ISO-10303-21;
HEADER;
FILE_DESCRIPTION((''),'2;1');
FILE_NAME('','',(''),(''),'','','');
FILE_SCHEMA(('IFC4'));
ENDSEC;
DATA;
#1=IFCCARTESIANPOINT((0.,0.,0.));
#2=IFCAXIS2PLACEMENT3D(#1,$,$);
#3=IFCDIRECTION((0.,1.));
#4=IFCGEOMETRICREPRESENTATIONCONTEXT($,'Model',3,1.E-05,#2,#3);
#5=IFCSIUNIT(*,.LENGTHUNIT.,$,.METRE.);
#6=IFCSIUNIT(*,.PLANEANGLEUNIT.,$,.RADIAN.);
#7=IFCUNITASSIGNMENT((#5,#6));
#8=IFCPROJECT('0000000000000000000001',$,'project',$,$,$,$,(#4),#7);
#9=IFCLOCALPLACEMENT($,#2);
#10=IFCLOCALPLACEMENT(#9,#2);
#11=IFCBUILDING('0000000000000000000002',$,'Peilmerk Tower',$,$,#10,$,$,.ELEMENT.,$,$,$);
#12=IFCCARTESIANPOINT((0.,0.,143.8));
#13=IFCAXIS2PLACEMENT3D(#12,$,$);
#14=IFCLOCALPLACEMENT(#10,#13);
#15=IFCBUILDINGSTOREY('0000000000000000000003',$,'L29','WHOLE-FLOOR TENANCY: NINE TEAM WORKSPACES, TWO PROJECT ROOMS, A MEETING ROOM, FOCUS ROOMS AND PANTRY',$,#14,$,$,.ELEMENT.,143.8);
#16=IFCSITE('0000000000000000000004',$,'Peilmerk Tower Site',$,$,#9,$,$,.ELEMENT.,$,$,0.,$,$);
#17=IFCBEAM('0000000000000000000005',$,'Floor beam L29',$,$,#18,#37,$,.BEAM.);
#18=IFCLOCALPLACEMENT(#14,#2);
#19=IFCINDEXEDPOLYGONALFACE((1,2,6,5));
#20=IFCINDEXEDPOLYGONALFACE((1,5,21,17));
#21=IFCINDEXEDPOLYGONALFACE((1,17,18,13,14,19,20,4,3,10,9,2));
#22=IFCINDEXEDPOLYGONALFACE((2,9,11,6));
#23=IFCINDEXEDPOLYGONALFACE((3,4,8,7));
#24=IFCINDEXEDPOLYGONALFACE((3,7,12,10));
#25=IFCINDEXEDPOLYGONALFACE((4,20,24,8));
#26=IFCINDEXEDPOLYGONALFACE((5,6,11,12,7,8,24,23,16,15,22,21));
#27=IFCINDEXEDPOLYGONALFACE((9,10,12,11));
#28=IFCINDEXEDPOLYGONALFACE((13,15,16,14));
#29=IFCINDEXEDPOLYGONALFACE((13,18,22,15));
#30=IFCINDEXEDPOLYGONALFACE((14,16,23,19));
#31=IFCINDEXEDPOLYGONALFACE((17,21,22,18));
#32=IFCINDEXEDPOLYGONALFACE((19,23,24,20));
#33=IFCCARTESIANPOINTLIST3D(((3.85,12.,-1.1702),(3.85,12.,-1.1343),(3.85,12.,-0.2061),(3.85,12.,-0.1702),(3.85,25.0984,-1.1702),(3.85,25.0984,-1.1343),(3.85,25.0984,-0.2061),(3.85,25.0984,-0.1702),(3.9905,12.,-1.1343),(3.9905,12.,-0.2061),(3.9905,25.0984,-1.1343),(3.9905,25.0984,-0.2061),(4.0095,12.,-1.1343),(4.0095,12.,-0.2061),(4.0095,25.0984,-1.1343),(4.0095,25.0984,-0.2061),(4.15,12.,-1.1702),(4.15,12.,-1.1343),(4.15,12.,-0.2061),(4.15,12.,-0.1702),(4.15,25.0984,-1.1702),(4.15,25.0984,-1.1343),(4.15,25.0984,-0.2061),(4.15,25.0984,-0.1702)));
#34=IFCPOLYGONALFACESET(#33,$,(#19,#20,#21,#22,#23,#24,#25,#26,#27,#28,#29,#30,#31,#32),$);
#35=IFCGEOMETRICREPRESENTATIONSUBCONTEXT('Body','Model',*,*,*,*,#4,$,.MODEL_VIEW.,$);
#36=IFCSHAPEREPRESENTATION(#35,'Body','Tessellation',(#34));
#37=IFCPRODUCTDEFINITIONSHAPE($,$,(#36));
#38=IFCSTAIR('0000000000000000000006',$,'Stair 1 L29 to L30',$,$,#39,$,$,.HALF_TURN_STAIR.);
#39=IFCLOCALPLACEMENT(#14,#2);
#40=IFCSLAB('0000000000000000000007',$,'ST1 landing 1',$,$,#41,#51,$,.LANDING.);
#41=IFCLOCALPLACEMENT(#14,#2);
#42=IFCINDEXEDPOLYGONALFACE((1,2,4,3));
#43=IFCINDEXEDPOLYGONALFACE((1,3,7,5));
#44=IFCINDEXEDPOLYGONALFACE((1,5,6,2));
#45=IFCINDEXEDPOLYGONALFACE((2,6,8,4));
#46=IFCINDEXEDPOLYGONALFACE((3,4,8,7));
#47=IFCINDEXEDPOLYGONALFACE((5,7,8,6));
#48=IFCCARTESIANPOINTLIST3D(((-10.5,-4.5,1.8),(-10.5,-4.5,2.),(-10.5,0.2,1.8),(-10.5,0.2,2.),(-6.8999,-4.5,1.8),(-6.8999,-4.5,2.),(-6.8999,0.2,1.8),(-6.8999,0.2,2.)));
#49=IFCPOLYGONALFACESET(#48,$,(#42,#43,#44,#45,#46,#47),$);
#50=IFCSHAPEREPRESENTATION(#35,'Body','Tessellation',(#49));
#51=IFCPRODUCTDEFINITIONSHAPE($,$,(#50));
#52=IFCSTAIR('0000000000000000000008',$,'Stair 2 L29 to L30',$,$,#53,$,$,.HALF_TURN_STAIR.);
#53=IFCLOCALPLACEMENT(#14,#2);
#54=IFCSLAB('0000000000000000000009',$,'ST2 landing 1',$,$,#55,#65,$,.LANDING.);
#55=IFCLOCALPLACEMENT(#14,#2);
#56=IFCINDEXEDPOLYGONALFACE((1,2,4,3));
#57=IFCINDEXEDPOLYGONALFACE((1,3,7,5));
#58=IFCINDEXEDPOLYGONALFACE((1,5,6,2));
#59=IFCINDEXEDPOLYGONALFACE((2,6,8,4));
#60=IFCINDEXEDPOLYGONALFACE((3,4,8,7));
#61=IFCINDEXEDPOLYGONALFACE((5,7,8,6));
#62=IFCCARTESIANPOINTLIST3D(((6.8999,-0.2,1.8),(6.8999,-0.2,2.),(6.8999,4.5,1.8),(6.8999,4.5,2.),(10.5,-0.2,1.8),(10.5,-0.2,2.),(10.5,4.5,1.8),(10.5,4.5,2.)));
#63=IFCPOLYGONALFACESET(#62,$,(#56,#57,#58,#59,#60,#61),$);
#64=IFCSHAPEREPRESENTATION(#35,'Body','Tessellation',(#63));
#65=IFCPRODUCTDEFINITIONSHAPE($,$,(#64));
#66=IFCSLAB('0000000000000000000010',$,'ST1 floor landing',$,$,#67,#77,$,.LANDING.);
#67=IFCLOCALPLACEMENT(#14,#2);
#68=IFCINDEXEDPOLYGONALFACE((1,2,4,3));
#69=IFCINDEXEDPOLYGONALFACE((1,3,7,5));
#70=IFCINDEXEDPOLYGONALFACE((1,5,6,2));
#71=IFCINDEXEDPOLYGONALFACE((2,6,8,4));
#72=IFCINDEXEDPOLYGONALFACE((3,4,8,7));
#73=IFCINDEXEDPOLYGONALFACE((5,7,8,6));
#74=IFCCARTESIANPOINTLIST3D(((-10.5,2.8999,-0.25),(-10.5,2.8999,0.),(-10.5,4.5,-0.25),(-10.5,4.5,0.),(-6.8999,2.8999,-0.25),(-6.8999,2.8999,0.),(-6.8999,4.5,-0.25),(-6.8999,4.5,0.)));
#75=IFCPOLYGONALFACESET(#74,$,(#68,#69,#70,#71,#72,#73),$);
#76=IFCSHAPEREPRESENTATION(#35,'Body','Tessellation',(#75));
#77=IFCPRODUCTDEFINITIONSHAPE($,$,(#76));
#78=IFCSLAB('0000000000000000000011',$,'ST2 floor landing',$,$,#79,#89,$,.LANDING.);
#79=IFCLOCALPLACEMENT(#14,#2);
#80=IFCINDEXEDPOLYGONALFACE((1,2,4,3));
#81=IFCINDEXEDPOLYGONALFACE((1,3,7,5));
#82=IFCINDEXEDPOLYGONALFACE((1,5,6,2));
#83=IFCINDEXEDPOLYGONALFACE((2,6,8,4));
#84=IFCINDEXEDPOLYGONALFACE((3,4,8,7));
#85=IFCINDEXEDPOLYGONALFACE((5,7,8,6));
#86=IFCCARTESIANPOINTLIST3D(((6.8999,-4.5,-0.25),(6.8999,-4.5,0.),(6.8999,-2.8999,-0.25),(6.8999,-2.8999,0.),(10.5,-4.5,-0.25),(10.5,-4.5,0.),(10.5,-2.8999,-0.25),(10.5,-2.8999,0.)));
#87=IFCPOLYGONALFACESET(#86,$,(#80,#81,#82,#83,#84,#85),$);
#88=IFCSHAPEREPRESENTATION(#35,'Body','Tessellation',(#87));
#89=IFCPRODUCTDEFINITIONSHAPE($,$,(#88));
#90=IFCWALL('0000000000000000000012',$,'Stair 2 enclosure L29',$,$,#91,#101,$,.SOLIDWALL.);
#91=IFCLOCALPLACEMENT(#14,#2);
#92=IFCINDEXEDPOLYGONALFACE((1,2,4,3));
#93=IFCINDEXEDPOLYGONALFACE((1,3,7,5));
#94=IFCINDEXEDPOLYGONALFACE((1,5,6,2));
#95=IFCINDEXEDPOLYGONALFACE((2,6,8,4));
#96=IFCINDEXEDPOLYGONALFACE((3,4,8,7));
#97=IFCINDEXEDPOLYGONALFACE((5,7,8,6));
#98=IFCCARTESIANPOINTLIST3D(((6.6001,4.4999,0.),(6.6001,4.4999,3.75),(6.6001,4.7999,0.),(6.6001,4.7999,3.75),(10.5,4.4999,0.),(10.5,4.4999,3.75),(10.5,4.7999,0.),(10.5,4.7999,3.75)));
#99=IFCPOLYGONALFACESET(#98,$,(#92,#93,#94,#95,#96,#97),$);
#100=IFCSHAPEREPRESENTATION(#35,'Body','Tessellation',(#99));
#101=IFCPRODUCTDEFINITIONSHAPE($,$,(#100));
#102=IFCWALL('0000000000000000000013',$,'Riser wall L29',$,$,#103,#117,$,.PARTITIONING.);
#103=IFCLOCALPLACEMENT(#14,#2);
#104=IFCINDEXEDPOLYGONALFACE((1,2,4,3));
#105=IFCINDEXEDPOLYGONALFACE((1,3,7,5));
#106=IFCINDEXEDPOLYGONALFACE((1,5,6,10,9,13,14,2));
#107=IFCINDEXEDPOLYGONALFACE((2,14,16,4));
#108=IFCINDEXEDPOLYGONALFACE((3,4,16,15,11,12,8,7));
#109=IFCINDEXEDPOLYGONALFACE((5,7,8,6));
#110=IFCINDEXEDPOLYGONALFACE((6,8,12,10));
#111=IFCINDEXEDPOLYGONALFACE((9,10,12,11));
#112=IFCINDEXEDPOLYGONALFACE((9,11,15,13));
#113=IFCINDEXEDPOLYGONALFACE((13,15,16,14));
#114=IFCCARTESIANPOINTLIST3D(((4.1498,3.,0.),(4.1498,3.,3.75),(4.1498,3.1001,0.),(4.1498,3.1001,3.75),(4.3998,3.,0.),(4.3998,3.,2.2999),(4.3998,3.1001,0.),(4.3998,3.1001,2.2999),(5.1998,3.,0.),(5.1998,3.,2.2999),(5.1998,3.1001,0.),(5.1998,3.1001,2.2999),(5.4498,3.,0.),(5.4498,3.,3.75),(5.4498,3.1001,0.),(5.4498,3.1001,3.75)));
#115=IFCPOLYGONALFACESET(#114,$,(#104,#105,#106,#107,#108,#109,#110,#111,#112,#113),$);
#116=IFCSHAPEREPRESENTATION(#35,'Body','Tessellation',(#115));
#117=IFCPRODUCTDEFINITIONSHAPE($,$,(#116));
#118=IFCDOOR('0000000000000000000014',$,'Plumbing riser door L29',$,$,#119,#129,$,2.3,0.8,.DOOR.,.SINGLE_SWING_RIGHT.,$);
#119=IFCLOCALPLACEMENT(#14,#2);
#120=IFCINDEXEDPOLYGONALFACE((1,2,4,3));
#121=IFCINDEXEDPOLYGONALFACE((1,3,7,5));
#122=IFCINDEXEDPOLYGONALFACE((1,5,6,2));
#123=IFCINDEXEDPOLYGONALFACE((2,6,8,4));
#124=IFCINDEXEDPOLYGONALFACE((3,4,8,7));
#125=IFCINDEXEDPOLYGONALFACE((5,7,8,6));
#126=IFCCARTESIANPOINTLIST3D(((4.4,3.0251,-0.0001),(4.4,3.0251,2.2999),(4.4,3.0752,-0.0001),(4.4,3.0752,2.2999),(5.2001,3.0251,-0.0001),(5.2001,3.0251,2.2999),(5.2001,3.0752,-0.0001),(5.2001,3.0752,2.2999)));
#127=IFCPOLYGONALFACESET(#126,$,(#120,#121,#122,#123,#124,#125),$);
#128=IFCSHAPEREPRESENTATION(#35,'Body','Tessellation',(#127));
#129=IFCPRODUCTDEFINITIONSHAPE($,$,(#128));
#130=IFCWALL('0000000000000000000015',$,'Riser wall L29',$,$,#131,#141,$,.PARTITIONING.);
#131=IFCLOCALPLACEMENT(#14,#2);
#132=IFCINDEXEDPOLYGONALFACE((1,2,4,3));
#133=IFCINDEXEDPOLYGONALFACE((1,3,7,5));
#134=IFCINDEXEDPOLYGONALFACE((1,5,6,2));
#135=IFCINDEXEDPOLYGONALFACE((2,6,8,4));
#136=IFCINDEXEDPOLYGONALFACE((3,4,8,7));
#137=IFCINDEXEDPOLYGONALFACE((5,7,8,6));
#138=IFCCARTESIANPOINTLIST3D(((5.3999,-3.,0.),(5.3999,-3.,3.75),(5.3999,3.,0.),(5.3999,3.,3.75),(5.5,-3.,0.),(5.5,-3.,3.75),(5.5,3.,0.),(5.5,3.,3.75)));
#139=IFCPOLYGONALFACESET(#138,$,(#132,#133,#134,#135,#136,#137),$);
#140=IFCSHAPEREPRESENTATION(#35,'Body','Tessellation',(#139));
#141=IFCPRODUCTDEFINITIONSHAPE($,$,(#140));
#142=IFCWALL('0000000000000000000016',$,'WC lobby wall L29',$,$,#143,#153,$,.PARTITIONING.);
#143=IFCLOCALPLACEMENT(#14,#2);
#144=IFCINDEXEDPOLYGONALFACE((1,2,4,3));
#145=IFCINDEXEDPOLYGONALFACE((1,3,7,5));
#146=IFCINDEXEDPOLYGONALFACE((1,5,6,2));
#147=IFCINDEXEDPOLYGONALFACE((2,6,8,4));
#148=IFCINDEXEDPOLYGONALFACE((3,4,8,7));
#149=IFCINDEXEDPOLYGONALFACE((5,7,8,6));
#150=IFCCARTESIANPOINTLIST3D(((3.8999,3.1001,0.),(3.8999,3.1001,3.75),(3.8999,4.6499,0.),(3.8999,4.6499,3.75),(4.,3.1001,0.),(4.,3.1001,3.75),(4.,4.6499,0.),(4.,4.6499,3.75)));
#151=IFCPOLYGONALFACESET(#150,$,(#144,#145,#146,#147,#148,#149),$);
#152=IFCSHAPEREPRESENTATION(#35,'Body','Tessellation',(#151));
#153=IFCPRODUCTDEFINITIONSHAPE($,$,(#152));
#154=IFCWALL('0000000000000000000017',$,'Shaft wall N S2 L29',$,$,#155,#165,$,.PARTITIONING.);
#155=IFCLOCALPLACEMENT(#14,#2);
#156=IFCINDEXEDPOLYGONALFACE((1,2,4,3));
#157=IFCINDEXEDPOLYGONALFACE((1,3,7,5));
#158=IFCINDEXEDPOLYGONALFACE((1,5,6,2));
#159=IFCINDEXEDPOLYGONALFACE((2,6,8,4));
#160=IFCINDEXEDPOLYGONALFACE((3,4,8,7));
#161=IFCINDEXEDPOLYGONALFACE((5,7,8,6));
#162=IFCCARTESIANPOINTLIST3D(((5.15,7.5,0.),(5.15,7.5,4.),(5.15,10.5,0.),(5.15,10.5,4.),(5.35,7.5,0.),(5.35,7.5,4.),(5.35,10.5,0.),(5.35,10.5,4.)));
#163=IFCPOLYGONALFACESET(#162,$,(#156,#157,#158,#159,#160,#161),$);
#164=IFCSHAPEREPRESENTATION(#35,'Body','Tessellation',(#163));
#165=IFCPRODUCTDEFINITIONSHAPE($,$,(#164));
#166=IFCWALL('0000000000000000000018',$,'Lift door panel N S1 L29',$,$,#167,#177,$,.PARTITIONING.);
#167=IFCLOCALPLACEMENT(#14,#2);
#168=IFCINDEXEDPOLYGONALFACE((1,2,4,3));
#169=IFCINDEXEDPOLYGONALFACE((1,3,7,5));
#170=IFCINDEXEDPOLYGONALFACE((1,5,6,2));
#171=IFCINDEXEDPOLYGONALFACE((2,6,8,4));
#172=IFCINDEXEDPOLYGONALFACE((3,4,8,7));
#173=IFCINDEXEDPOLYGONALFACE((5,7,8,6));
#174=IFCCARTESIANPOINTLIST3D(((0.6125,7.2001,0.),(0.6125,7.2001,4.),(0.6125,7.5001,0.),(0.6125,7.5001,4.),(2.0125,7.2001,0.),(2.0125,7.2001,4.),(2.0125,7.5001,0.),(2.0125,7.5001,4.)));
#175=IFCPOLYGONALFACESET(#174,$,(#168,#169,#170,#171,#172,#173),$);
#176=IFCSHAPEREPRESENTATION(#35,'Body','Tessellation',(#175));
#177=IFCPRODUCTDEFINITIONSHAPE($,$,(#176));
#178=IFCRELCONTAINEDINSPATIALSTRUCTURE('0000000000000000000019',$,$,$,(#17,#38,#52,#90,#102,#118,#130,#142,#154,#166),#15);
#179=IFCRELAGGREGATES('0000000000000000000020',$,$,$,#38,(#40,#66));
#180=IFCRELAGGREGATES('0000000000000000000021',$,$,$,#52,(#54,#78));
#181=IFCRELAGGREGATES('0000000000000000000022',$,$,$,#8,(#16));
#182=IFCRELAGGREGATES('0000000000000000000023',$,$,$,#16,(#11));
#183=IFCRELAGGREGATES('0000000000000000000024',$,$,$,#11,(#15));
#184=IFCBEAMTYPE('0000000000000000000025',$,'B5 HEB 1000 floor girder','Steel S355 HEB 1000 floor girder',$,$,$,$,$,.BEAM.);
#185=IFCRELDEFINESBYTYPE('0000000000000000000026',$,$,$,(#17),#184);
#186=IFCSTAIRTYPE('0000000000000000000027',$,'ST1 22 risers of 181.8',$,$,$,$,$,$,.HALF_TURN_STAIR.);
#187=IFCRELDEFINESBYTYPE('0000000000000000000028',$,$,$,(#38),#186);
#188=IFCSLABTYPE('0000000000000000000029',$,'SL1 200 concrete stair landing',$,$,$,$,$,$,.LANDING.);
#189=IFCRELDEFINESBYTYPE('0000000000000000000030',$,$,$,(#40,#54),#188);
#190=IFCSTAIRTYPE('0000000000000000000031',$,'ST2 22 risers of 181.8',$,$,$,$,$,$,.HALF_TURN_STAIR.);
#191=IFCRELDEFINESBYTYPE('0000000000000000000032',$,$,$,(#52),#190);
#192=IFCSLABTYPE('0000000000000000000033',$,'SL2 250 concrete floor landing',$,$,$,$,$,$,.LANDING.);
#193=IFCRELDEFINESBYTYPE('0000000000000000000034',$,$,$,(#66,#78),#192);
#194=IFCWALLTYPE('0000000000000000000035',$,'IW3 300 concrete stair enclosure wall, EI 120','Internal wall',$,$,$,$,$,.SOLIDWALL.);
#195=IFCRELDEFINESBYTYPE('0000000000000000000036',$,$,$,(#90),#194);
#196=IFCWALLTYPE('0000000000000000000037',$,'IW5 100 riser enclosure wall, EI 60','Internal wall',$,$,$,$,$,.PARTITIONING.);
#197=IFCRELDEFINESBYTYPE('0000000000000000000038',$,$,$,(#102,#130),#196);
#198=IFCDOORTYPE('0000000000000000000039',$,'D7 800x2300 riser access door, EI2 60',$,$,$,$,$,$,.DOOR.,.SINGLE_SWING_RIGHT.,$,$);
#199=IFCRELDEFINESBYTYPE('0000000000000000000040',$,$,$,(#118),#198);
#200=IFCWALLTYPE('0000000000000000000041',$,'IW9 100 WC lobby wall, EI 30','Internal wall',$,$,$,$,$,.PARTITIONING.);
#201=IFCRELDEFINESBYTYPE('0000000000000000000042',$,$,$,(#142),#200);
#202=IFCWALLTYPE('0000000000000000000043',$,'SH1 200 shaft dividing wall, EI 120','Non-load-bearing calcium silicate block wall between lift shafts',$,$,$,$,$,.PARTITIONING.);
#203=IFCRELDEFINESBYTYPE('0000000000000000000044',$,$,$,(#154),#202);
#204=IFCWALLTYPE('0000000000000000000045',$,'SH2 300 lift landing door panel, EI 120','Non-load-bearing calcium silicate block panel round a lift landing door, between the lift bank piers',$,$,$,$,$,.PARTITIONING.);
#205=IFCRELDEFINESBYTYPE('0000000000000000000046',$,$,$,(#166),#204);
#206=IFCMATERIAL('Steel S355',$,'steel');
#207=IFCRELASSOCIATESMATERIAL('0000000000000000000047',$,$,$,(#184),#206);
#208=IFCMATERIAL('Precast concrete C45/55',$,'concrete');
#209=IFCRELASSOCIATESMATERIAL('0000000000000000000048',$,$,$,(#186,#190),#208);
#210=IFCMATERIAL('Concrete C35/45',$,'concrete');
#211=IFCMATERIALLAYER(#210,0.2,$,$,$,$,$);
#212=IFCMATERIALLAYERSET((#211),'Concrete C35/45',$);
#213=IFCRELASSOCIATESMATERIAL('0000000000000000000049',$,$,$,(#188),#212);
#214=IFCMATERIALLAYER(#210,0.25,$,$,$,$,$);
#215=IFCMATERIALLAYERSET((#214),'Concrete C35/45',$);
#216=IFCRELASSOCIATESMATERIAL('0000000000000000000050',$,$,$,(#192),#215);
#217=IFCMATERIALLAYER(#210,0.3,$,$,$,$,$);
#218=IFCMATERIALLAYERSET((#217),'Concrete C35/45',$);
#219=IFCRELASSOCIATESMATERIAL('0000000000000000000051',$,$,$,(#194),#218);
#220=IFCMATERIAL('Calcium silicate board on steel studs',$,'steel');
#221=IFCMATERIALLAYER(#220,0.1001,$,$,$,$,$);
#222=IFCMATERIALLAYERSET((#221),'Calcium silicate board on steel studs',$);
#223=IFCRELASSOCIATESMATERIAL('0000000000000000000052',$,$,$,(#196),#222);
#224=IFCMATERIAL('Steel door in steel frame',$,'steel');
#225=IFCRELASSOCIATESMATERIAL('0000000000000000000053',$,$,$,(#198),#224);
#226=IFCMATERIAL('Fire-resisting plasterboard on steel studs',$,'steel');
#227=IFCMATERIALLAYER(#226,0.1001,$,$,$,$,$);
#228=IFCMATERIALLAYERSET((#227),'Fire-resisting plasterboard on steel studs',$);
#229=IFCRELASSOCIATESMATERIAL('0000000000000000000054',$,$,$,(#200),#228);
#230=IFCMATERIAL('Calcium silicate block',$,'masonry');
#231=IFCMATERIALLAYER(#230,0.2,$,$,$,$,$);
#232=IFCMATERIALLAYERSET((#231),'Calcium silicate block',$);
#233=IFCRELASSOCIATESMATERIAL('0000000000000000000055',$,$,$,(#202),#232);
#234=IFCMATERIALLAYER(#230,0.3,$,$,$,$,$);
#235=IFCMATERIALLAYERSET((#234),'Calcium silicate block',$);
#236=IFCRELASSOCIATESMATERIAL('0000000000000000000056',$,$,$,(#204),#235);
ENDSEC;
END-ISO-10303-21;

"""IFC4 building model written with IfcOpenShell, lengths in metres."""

from ifc_helpers import new_model, si_unit, direction, frame, frame_2d, origin, origin_2d, place, context, subcontext, project, spatial, polyline, rectangle, i_section, outline, extrude, material, layer, layer_set, material_profile, profile_set, type_object, element, fill, aggregate, save


model = new_model("IFC4")

# Units and contexts
model_context = context("Model", 3, precision=1e-05, world=origin(), true_north=direction((0.0, 1.0)))
body_context = subcontext(model_context, "Body", "Model", "MODEL_VIEW")
ifc_project = project(units=[si_unit("LENGTHUNIT", "METRE"), si_unit("PLANEANGLEUNIT", "RADIAN")], contexts=[model_context])

# Site, building, storey
site_placement = place(None, origin())
site = spatial("IfcSite", under=ifc_project, at=site_placement, Name="Peilmerk Tower Site", CompositionType="ELEMENT", RefElevation=0.0)
building_placement = place(site_placement, origin())
building = spatial("IfcBuilding", under=site, at=building_placement, Name="Peilmerk Tower", CompositionType="ELEMENT")
storey_placement = place(building_placement, frame((0.0, 0.0, 143.8)))
storey = spatial("IfcBuildingStorey", under=building, at=storey_placement, Name="L29", Description="WHOLE-FLOOR TENANCY: NINE TEAM WORKSPACES, TWO PROJECT ROOMS, A MEETING ROOM, FOCUS ROOMS AND PANTRY", CompositionType="ELEMENT", Elevation=143.8)

# Beam
ifc_material_1 = material(Name="Steel S355", Category="steel")
ifc_material_profile = material_profile(ifc_material_1, i_section(OverallWidth=0.3, OverallDepth=1.0, WebThickness=0.019, FlangeThickness=0.0359, at=origin_2d()), Name="HEB 1000")
ifc_profile_set = profile_set([ifc_material_profile], Name="Steel S355")
beam_type = type_object("IfcBeamType", Name="B5 HEB 1000 floor girder", Description="Steel S355 HEB 1000 floor girder", PredefinedType="BEAM", material=ifc_profile_set)
beam_placement = place(storey_placement, frame((4.0, 12.0, -0.6702), z_axis=(0.0, 1.0, 0.0), x_axis=(-1.0, 0.0, 0.0)))
element("IfcBeam", 1, at=beam_placement, inside=storey, type_object=beam_type, Name="Floor beam L29", PredefinedType="BEAM", context=body_context, shape_type="SweptSolid", body=[
    extrude(i_section(OverallWidth=0.3, OverallDepth=1.0, WebThickness=0.019, FlangeThickness=0.0359, at=origin_2d()), origin(), (0.0, 0.0, 1.0), 13.0984),
])

# Stairs, slabs
ifc_material_2 = material(Name="Precast concrete C45/55", Category="concrete")
stair_type_1 = type_object("IfcStairType", Name="ST1 22 risers of 181.8", PredefinedType="HALF_TURN_STAIR", material=ifc_material_2)
stair_1_placement = place(storey_placement, origin())
stair_1 = element("IfcStair", 2, at=stair_1_placement, inside=storey, type_object=stair_type_1, Name="Stair 1 L29 to L30", PredefinedType="HALF_TURN_STAIR")
ifc_material_3 = material(Name="Concrete C35/45", Category="concrete")
ifc_layer_1 = layer(ifc_material_3, 0.2)
ifc_layer_set_1 = layer_set([ifc_layer_1], Name="Concrete C35/45")
slab_type_1 = type_object("IfcSlabType", Name="SL1 200 concrete stair landing", PredefinedType="LANDING", material=ifc_layer_set_1)
slab_1_placement = place(storey_placement, frame((0.0, 0.0, 1.8)))
slab_1 = element("IfcSlab", 3, at=slab_1_placement, type_object=slab_type_1, Name="ST1 landing 1", PredefinedType="LANDING", context=body_context, shape_type="SweptSolid", body=[
    extrude(outline(polyline([(-10.5, -4.5), (-6.8999, -4.5), (-6.8999, 0.2), (-10.5, 0.2), (-10.5, -4.5)])), origin(), (0.0, 0.0, 1.0), 0.2),
])
stair_type_2 = type_object("IfcStairType", Name="ST2 22 risers of 181.8", PredefinedType="HALF_TURN_STAIR", material=ifc_material_2)
stair_2_placement = place(storey_placement, origin())
stair_2 = element("IfcStair", 4, at=stair_2_placement, inside=storey, type_object=stair_type_2, Name="Stair 2 L29 to L30", PredefinedType="HALF_TURN_STAIR")
slab_2_placement = place(storey_placement, frame((0.0, 0.0, 1.8)))
slab_2 = element("IfcSlab", 5, at=slab_2_placement, type_object=slab_type_1, Name="ST2 landing 1", PredefinedType="LANDING", context=body_context, shape_type="SweptSolid", body=[
    extrude(outline(polyline([(6.8999, -0.2), (10.5, -0.2), (10.5, 4.5), (6.8999, 4.5), (6.8999, -0.2)])), origin(), (0.0, 0.0, 1.0), 0.2),
])

# Slabs
ifc_layer_2 = layer(ifc_material_3, 0.25)
ifc_layer_set_2 = layer_set([ifc_layer_2], Name="Concrete C35/45")
slab_type_2 = type_object("IfcSlabType", Name="SL2 250 concrete floor landing", PredefinedType="LANDING", material=ifc_layer_set_2)
slab_3_placement = place(storey_placement, frame((0.0, 0.0, -0.25)))
slab_3 = element("IfcSlab", 6, at=slab_3_placement, type_object=slab_type_2, Name="ST1 floor landing", PredefinedType="LANDING", context=body_context, shape_type="SweptSolid", body=[
    extrude(outline(polyline([(-10.5, 2.8999), (-6.8999, 2.8999), (-6.8999, 4.5), (-10.5, 4.5), (-10.5, 2.8999)])), origin(), (0.0, 0.0, 1.0), 0.25),
])
aggregate(stair_1, [slab_1, slab_3])
slab_4_placement = place(storey_placement, frame((0.0, 0.0, -0.25)))
slab_4 = element("IfcSlab", 7, at=slab_4_placement, type_object=slab_type_2, Name="ST2 floor landing", PredefinedType="LANDING", context=body_context, shape_type="SweptSolid", body=[
    extrude(outline(polyline([(6.8999, -4.5), (10.5, -4.5), (10.5, -2.8999), (6.8999, -2.8999), (6.8999, -4.5)])), origin(), (0.0, 0.0, 1.0), 0.25),
])
aggregate(stair_2, [slab_2, slab_4])

# Wall
ifc_layer_3 = layer(ifc_material_3, 0.3)
ifc_layer_set_3 = layer_set([ifc_layer_3], Name="Concrete C35/45")
wall_type_1 = type_object("IfcWallType", Name="IW3 300 concrete stair enclosure wall, EI 120", Description="Internal wall", PredefinedType="SOLIDWALL", material=ifc_layer_set_3)
wall_1_placement = place(storey_placement, frame((6.6001, 4.6499, 0.0), z_axis=(0.0, 0.0, 1.0), x_axis=(1.0, 0.0, 0.0)))
element("IfcWall", 8, at=wall_1_placement, inside=storey, type_object=wall_type_1, Name="Stair 2 enclosure L29", PredefinedType="SOLIDWALL", context=body_context, shape_type="SweptSolid", body=[
    extrude(rectangle(XDim=3.8999, YDim=0.3, at=frame_2d((1.95, 0.0))), origin(), (0.0, 0.0, 1.0), 3.75),
])

# Wall, opening, door
ifc_material_4 = material(Name="Calcium silicate board on steel studs", Category="steel")
ifc_layer_4 = layer(ifc_material_4, 0.1001)
ifc_layer_set_4 = layer_set([ifc_layer_4], Name="Calcium silicate board on steel studs")
wall_type_2 = type_object("IfcWallType", Name="IW5 100 riser enclosure wall, EI 60", Description="Internal wall", PredefinedType="PARTITIONING", material=ifc_layer_set_4)
wall_2_placement = place(storey_placement, frame((4.1499, 3.05, 0.0), z_axis=(0.0, 0.0, 1.0), x_axis=(1.0, 0.0, 0.0)))
wall_2 = element("IfcWall", 9, at=wall_2_placement, inside=storey, type_object=wall_type_2, Name="Riser wall L29", PredefinedType="PARTITIONING", context=body_context, shape_type="SweptSolid", body=[
    extrude(rectangle(XDim=1.3, YDim=0.1001, at=frame_2d((0.6499, 0.0))), origin(), (0.0, 0.0, 1.0), 3.75),
])
opening_1_placement = place(wall_2_placement, frame((0.25, 0.0, 0.0)))
opening_1 = element("IfcOpeningElement", 10, at=opening_1_placement, cuts=wall_2, PredefinedType="OPENING", context=body_context, shape_type="SweptSolid", body=[
    extrude(rectangle(XDim=0.8, YDim=2.3, at=frame_2d((0.3999, 1.1499))), frame((0.0, 0.0601, 0.0), z_axis=(0.0, -1.0, 0.0), x_axis=(1.0, 0.0, 0.0)), (0.0, 0.0, 1.0), 0.1201),
])
ifc_material_5 = material(Name="Steel door in steel frame", Category="steel")
door_type_1 = type_object("IfcDoorType", Name="D7 800x2300 riser access door, EI2 60", OperationType="SINGLE_SWING_RIGHT", PredefinedType="DOOR", material=ifc_material_5)
door_1_placement = place(opening_1_placement, frame((0.8, 0.0, 0.0), z_axis=(0.0, 0.0, 1.0), x_axis=(-1.0, 0.0, 0.0)))
door_1 = element("IfcDoor", 11, at=door_1_placement, inside=storey, type_object=door_type_1, Name="Plumbing riser door L29", OperationType="SINGLE_SWING_RIGHT", OverallHeight=2.3, OverallWidth=0.8, PredefinedType="DOOR", context=body_context, shape_type="SweptSolid", body=[
    extrude(rectangle(XDim=0.8, YDim=2.3, at=frame_2d((0.3999, 1.1499))), frame((0.0, 0.0249, 0.0), z_axis=(0.0, -1.0, 0.0), x_axis=(1.0, 0.0, 0.0)), (0.0, 0.0, 1.0), 0.05),
])
fill(opening_1, door_1)

# Walls
wall_3_placement = place(storey_placement, frame((5.45, 3.0, 0.0), z_axis=(0.0, 0.0, 1.0), x_axis=(0.0, -1.0, 0.0)))
element("IfcWall", 12, at=wall_3_placement, inside=storey, type_object=wall_type_2, Name="Riser wall L29", PredefinedType="PARTITIONING", context=body_context, shape_type="SweptSolid", body=[
    extrude(rectangle(XDim=6.0, YDim=0.1001, at=frame_2d((3.0, 0.0))), origin(), (0.0, 0.0, 1.0), 3.75),
])
ifc_material_6 = material(Name="Fire-resisting plasterboard on steel studs", Category="steel")
ifc_layer_5 = layer(ifc_material_6, 0.1001)
ifc_layer_set_5 = layer_set([ifc_layer_5], Name="Fire-resisting plasterboard on steel studs")
wall_type_3 = type_object("IfcWallType", Name="IW9 100 WC lobby wall, EI 30", Description="Internal wall", PredefinedType="PARTITIONING", material=ifc_layer_set_5)
wall_4_placement = place(storey_placement, frame((3.95, 3.1001, 0.0), z_axis=(0.0, 0.0, 1.0), x_axis=(0.0, 1.0, 0.0)))
element("IfcWall", 13, at=wall_4_placement, inside=storey, type_object=wall_type_3, Name="WC lobby wall L29", PredefinedType="PARTITIONING", context=body_context, shape_type="SweptSolid", body=[
    extrude(rectangle(XDim=1.5498, YDim=0.1001, at=frame_2d((0.7749, 0.0))), origin(), (0.0, 0.0, 1.0), 3.75),
])
ifc_material_7 = material(Name="Calcium silicate block", Category="masonry")
ifc_layer_6 = layer(ifc_material_7, 0.2)
ifc_layer_set_6 = layer_set([ifc_layer_6], Name="Calcium silicate block")
wall_type_4 = type_object("IfcWallType", Name="SH1 200 shaft dividing wall, EI 120", Description="Non-load-bearing calcium silicate block wall between lift shafts", PredefinedType="PARTITIONING", material=ifc_layer_set_6)
wall_5_placement = place(storey_placement, frame((5.25, 7.5, 0.0), z_axis=(0.0, 0.0, 1.0), x_axis=(0.0, 1.0, 0.0)))
element("IfcWall", 14, at=wall_5_placement, inside=storey, type_object=wall_type_4, Name="Shaft wall N S2 L29", PredefinedType="PARTITIONING", context=body_context, shape_type="SweptSolid", body=[
    extrude(rectangle(XDim=3.0, YDim=0.2, at=frame_2d((1.5, 0.0))), origin(), (0.0, 0.0, 1.0), 4.0),
])
ifc_layer_7 = layer(ifc_material_7, 0.3)
ifc_layer_set_7 = layer_set([ifc_layer_7], Name="Calcium silicate block")
wall_type_5 = type_object("IfcWallType", Name="SH2 300 lift landing door panel, EI 120", Description="Non-load-bearing calcium silicate block panel round a lift landing door, between the lift bank piers", PredefinedType="PARTITIONING", material=ifc_layer_set_7)
wall_6_placement = place(storey_placement, frame((0.6125, 7.3501, 0.0), z_axis=(0.0, 0.0, 1.0), x_axis=(1.0, 0.0, 0.0)))
element("IfcWall", 15, at=wall_6_placement, inside=storey, type_object=wall_type_5, Name="Lift door panel N S1 L29", PredefinedType="PARTITIONING", context=body_context, shape_type="SweptSolid", body=[
    extrude(rectangle(XDim=1.3999, YDim=0.3, at=frame_2d((0.7, 0.0))), origin(), (0.0, 0.0, 1.0), 4.0),
])

save(model, "model.ifc")
